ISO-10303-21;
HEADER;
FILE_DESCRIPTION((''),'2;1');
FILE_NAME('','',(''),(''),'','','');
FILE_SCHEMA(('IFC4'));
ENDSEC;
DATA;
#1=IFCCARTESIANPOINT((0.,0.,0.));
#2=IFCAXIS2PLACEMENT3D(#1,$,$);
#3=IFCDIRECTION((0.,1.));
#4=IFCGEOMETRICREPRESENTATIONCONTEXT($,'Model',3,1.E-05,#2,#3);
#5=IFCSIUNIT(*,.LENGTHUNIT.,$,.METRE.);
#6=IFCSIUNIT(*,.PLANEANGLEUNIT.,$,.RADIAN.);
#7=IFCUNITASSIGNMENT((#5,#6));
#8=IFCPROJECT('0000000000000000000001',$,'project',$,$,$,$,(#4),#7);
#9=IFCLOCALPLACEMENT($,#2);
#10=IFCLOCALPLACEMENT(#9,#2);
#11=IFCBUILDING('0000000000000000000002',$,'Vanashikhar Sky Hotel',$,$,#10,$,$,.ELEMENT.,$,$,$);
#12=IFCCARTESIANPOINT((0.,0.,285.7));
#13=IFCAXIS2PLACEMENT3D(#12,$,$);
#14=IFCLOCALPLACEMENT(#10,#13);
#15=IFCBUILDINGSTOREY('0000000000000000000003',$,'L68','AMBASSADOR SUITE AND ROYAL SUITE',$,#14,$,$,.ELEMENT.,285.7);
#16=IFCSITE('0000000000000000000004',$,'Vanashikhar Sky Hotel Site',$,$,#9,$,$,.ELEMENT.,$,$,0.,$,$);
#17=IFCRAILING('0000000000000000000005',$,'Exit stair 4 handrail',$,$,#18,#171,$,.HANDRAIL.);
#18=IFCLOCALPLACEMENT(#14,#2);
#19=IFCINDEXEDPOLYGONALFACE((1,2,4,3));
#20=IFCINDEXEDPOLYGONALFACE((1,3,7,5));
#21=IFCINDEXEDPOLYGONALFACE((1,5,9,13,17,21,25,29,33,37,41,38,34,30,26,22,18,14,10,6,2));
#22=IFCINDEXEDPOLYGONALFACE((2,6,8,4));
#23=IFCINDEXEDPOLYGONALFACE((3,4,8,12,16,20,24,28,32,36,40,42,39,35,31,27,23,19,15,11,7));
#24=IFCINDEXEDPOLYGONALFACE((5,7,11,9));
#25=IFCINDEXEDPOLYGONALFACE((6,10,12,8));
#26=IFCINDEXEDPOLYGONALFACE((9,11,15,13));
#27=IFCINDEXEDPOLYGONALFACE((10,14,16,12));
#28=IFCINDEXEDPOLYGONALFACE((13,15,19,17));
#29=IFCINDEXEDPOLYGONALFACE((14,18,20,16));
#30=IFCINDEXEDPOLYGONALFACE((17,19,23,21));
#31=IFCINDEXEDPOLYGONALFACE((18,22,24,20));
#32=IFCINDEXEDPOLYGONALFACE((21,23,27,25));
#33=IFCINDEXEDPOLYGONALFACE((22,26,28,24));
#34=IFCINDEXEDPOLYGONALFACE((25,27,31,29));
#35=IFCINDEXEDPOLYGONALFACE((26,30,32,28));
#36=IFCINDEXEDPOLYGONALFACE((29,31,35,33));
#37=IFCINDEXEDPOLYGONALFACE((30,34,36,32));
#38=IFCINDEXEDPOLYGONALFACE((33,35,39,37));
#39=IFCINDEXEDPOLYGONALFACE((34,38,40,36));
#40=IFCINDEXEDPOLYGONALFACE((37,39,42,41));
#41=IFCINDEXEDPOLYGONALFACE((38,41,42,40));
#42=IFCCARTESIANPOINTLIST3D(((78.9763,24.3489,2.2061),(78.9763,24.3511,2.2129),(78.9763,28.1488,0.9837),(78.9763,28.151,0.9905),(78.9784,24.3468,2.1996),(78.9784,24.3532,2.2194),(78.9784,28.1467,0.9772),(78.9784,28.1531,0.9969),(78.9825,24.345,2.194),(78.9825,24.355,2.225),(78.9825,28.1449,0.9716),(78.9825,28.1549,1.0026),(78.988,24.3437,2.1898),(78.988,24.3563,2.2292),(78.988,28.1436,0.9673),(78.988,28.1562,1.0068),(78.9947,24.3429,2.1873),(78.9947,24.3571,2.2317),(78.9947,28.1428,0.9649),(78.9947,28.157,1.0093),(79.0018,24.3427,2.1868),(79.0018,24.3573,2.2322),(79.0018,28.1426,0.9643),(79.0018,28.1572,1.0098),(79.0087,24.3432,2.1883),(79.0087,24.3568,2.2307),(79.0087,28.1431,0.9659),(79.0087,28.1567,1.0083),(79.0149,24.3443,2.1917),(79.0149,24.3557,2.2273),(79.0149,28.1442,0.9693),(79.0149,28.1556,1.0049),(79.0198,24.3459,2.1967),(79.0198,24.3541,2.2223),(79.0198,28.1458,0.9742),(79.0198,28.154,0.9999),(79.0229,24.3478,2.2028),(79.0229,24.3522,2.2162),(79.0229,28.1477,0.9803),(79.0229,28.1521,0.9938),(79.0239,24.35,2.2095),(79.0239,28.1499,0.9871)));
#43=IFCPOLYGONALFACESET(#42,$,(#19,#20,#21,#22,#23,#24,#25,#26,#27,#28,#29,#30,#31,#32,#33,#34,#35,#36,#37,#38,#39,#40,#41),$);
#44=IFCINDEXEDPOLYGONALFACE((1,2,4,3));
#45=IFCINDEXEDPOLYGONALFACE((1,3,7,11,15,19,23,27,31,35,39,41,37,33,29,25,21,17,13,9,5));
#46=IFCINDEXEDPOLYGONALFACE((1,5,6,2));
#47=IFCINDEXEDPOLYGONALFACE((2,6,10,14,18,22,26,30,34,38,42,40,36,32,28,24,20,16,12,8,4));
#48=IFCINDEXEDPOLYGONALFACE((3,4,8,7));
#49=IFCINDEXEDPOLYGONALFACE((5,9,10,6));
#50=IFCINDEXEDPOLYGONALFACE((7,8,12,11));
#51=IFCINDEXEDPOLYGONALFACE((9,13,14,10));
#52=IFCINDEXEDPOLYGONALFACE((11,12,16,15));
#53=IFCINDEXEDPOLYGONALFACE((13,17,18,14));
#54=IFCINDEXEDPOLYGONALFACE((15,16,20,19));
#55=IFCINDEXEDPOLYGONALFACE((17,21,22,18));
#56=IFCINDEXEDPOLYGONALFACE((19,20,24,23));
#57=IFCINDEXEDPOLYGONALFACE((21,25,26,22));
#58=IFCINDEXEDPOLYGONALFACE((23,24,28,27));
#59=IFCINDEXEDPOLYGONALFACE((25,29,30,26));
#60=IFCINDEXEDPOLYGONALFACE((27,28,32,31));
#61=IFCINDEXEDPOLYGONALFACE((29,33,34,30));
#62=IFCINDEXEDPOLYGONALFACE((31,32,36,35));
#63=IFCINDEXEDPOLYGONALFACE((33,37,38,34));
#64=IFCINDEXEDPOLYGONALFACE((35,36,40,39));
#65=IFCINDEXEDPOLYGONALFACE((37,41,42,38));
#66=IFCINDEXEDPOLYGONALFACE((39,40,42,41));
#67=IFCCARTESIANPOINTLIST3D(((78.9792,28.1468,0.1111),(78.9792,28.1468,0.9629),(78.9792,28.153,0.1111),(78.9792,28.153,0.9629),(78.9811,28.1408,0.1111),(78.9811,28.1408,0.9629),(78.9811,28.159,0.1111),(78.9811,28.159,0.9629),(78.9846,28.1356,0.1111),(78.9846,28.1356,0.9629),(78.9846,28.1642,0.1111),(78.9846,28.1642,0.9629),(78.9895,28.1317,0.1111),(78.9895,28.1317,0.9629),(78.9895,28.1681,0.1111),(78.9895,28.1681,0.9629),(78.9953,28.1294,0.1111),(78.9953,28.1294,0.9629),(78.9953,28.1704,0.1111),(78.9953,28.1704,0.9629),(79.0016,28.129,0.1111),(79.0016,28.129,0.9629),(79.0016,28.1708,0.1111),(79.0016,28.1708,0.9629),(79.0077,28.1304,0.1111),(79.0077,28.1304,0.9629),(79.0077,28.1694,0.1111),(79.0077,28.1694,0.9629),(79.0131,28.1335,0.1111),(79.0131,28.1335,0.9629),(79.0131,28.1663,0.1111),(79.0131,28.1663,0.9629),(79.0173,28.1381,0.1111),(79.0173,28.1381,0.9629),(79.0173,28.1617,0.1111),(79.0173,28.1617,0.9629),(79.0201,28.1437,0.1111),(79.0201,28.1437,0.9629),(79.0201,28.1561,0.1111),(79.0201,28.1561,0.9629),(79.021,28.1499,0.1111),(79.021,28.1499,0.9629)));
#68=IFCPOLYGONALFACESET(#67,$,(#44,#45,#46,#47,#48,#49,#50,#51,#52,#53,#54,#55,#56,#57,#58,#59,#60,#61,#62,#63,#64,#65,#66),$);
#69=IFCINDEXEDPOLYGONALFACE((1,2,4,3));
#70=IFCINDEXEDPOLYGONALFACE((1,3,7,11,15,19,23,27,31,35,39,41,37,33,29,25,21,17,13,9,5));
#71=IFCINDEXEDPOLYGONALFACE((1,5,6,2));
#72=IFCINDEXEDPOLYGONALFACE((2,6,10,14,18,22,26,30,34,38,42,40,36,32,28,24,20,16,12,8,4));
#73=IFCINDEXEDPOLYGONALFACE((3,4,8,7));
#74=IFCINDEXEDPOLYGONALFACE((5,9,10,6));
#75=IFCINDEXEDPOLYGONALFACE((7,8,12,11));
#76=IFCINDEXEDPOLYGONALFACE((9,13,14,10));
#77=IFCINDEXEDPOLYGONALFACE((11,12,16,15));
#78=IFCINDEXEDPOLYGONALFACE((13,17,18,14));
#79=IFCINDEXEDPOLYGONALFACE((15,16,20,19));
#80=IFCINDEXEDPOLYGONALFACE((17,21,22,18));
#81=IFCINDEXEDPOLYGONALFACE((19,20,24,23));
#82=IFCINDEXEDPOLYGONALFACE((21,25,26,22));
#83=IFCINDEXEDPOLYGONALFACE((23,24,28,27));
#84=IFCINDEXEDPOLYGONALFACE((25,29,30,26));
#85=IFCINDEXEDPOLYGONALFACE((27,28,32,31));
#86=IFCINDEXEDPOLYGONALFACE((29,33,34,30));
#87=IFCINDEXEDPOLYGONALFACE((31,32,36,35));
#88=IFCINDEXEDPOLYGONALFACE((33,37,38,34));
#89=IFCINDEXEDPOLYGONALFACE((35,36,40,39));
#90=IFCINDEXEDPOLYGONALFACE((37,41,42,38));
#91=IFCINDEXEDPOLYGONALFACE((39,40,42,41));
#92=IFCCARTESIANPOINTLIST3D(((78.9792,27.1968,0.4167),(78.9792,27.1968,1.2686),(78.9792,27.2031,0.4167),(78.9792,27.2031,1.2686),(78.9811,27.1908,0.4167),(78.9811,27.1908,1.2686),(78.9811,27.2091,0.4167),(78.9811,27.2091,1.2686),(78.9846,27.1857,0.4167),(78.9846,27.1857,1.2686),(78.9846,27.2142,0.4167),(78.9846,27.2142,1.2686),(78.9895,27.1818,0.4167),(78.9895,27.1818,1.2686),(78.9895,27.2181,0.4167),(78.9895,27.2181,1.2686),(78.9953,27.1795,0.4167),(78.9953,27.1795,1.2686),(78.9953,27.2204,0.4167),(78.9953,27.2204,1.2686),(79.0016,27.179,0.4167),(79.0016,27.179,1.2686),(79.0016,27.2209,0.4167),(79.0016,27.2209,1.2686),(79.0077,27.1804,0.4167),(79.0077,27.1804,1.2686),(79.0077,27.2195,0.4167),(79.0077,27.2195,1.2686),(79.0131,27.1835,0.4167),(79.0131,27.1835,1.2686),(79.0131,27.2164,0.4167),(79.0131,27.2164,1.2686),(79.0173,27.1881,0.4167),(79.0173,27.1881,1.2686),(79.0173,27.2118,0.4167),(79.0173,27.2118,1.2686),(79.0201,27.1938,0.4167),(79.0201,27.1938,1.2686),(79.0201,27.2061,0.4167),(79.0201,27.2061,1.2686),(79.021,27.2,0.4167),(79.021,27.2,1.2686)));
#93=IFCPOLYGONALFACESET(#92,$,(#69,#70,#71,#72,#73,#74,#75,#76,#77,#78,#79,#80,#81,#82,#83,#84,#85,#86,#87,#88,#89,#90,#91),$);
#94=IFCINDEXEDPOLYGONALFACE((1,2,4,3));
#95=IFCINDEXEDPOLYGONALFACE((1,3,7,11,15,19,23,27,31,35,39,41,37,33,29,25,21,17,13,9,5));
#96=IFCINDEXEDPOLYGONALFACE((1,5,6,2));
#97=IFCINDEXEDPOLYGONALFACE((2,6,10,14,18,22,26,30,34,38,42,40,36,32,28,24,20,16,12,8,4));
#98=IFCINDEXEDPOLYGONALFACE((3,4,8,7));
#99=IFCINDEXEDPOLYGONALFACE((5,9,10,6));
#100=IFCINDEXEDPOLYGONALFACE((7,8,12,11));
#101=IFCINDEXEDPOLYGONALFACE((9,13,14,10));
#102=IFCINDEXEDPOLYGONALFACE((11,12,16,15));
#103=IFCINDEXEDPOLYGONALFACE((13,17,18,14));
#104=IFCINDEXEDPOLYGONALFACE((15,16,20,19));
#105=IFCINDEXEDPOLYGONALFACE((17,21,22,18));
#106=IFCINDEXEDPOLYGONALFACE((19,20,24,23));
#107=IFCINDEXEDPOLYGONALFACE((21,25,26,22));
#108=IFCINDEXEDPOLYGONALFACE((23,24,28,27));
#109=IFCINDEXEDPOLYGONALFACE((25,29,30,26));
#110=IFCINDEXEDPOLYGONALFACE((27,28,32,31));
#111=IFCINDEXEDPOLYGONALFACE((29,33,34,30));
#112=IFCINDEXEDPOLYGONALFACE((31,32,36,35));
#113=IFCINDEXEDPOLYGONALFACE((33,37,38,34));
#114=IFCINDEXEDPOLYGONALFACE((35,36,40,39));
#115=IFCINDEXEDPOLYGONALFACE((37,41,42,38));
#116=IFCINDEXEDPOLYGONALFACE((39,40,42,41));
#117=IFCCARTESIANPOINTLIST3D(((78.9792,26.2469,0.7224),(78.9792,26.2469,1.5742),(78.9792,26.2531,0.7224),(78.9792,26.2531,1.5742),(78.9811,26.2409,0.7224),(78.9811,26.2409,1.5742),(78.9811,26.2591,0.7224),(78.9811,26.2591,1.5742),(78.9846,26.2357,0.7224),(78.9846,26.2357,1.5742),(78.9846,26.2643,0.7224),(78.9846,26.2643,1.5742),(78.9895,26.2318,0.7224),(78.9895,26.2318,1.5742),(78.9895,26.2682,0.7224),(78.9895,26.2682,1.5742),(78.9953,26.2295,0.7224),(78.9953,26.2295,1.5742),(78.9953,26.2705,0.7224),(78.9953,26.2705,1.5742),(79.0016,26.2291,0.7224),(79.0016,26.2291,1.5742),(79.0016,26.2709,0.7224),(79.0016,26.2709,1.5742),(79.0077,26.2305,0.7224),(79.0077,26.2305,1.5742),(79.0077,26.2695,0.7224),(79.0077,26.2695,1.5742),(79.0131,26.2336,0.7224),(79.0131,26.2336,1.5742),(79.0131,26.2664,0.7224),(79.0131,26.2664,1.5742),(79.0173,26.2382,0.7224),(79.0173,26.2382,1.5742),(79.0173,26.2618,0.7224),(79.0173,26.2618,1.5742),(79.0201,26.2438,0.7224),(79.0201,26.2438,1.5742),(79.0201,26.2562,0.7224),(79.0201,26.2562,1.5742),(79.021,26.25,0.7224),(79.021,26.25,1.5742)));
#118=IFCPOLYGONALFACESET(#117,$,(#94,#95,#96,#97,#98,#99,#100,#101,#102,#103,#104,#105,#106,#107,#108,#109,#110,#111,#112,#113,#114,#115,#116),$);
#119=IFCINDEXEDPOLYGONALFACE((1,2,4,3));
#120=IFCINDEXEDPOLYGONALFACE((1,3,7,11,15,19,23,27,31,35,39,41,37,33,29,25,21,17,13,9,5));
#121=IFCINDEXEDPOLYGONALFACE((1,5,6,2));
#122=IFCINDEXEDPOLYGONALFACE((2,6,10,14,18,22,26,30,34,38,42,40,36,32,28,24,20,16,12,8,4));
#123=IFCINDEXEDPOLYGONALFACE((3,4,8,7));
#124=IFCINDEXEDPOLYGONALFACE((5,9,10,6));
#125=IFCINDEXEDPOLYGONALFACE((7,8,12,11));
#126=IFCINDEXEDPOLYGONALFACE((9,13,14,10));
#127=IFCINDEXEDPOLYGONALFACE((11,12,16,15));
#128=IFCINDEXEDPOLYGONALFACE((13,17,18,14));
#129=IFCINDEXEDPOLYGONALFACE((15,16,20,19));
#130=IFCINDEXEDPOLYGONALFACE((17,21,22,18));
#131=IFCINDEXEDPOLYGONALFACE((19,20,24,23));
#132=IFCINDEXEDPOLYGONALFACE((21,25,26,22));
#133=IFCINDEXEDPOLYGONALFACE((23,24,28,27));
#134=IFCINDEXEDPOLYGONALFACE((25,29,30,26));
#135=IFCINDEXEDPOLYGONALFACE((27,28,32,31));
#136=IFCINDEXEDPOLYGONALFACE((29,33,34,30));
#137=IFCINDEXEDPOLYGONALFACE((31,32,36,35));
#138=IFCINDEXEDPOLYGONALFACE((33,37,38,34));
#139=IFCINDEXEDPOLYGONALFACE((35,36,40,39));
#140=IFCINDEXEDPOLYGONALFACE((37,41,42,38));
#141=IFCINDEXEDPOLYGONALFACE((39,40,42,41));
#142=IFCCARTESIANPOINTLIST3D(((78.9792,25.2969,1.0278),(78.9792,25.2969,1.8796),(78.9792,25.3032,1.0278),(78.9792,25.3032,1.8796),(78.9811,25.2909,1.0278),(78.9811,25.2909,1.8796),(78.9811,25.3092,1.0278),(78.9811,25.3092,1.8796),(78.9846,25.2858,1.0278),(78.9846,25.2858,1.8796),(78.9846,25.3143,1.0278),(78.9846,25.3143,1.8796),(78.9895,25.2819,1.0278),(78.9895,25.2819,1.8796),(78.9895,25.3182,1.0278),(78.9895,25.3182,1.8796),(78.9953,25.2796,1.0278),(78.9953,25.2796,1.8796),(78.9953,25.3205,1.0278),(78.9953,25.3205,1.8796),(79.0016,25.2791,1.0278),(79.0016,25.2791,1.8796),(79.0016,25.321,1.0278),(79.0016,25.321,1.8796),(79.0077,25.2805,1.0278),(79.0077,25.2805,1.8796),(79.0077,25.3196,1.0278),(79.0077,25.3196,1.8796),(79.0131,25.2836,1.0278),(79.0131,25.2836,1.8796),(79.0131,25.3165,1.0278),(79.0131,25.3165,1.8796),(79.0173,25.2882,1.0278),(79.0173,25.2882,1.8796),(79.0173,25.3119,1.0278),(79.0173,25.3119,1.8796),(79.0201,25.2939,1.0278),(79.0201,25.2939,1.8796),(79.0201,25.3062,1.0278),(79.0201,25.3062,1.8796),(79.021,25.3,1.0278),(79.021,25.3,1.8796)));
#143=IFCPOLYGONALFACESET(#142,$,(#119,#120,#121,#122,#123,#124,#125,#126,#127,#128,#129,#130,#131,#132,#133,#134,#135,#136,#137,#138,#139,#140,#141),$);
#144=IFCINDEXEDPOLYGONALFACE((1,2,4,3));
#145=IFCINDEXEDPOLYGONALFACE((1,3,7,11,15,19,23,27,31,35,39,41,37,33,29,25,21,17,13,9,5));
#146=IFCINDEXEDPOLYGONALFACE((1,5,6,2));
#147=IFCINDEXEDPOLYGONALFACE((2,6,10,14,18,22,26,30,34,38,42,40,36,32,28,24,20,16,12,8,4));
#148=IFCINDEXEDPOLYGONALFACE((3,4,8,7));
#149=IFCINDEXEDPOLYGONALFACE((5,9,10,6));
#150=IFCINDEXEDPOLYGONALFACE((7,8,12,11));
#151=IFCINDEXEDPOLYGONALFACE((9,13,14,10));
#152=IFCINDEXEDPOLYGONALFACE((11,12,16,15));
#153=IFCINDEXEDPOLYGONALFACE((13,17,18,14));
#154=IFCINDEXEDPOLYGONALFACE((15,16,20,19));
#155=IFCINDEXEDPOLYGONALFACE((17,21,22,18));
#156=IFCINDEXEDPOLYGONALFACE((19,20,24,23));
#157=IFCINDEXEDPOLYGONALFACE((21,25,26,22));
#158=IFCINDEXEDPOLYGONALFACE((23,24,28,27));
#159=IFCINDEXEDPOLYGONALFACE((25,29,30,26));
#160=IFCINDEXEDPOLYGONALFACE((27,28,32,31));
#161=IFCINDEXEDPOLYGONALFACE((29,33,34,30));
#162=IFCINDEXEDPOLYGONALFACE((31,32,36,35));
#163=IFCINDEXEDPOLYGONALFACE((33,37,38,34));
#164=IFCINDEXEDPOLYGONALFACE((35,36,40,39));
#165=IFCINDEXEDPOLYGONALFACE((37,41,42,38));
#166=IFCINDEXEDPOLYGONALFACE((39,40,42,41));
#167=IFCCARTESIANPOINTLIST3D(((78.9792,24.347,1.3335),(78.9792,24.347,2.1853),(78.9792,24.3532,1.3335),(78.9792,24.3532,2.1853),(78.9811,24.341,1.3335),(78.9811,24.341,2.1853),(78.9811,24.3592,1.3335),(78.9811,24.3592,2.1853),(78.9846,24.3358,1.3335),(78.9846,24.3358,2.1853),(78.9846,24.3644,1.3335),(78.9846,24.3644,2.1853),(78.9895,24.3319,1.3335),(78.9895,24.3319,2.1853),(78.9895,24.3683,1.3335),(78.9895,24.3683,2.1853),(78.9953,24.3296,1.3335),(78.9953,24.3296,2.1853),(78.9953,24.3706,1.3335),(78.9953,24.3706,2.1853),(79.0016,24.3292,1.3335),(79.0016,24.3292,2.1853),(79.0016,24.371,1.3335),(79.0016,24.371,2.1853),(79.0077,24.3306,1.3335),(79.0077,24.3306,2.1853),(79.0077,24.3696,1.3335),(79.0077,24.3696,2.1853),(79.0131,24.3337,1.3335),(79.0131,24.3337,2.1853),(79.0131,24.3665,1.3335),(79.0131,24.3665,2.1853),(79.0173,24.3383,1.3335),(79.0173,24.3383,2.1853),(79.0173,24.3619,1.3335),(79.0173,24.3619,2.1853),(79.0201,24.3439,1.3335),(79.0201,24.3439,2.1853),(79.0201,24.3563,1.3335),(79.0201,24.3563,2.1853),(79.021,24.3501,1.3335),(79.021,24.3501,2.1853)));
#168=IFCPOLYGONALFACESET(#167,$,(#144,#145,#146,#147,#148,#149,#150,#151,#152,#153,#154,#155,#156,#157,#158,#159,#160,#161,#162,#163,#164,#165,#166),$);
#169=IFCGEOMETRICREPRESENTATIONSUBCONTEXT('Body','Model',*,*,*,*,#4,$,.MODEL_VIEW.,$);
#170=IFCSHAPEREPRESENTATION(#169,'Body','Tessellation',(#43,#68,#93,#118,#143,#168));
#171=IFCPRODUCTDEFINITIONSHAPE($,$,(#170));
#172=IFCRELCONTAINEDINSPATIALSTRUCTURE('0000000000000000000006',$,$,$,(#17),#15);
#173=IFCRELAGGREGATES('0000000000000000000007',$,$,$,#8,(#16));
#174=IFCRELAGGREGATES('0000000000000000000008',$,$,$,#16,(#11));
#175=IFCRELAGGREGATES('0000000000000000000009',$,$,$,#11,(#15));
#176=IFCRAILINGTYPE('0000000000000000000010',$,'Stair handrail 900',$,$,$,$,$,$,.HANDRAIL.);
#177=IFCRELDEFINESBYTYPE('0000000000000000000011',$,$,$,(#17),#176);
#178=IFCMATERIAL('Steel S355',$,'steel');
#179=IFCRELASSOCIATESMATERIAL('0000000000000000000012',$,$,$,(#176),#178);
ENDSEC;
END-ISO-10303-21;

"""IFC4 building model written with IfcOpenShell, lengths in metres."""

from ifc_helpers import new_model, si_unit, direction, frame, origin, origin_2d, place, context, subcontext, project, spatial, circle, extrude, source, transform, mapped, material, type_object, element, save


model = new_model("IFC4")

# Units and contexts
model_context = context("Model", 3, precision=1e-05, world=origin(), true_north=direction((0.0, 1.0)))
body_context = subcontext(model_context, "Body", "Model", "MODEL_VIEW")
ifc_project = project(units=[si_unit("LENGTHUNIT", "METRE"), si_unit("PLANEANGLEUNIT", "RADIAN")], contexts=[model_context])

# Site, building, storey
site_placement = place(None, origin())
site = spatial("IfcSite", under=ifc_project, at=site_placement, Name="Vanashikhar Sky Hotel Site", CompositionType="ELEMENT", RefElevation=0.0)
building_placement = place(site_placement, origin())
building = spatial("IfcBuilding", under=site, at=building_placement, Name="Vanashikhar Sky Hotel", CompositionType="ELEMENT")
storey_placement = place(building_placement, frame((0.0, 0.0, 285.7)))
storey = spatial("IfcBuildingStorey", under=building, at=storey_placement, Name="L68", Description="AMBASSADOR SUITE AND ROYAL SUITE", CompositionType="ELEMENT", Elevation=285.7)

# Railing
ifc_material_1 = material(Name="Steel S355", Category="steel")
railing_type_1 = type_object("IfcRailingType", Name="Stair handrail 900", PredefinedType="HANDRAIL", material=ifc_material_1)
shared_shape_1 = source(origin(), body_context, "Body", "SweptSolid", [
    extrude(circle(Radius=0.0239, at=origin_2d()), frame((0.0, 0.0, 0.876), z_axis=(0.0, -0.951952, 0.306247), x_axis=(1.0, 0.0, 0.0)), (0.0, 0.0, 1.0), 3.9917),
    extrude(circle(Radius=0.021, at=origin_2d()), origin(), (0.0, 0.0, 1.0), 0.8518),
    extrude(circle(Radius=0.021, at=origin_2d()), frame((0.0, -0.95, 0.3057)), (0.0, 0.0, 1.0), 0.8518),
    extrude(circle(Radius=0.021, at=origin_2d()), frame((0.0, -1.8999, 0.6113)), (0.0, 0.0, 1.0), 0.8518),
    extrude(circle(Radius=0.021, at=origin_2d()), frame((0.0, -2.8499, 0.9167)), (0.0, 0.0, 1.0), 0.8518),
    extrude(circle(Radius=0.021, at=origin_2d()), frame((0.0, -3.7998, 1.2224)), (0.0, 0.0, 1.0), 0.8518),
])
railing_1_placement = place(storey_placement, frame((79.0, 28.1499, 0.1111)))
element("IfcRailing", 1, at=railing_1_placement, inside=storey, type_object=railing_type_1, Name="Exit stair 4 handrail", PredefinedType="HANDRAIL", context=body_context, shape_type="MappedRepresentation", body=[
    mapped(shared_shape_1, transform((0.0, 0.0, 0.0), scale=1.0)),
])

save(model, "model.ifc")
